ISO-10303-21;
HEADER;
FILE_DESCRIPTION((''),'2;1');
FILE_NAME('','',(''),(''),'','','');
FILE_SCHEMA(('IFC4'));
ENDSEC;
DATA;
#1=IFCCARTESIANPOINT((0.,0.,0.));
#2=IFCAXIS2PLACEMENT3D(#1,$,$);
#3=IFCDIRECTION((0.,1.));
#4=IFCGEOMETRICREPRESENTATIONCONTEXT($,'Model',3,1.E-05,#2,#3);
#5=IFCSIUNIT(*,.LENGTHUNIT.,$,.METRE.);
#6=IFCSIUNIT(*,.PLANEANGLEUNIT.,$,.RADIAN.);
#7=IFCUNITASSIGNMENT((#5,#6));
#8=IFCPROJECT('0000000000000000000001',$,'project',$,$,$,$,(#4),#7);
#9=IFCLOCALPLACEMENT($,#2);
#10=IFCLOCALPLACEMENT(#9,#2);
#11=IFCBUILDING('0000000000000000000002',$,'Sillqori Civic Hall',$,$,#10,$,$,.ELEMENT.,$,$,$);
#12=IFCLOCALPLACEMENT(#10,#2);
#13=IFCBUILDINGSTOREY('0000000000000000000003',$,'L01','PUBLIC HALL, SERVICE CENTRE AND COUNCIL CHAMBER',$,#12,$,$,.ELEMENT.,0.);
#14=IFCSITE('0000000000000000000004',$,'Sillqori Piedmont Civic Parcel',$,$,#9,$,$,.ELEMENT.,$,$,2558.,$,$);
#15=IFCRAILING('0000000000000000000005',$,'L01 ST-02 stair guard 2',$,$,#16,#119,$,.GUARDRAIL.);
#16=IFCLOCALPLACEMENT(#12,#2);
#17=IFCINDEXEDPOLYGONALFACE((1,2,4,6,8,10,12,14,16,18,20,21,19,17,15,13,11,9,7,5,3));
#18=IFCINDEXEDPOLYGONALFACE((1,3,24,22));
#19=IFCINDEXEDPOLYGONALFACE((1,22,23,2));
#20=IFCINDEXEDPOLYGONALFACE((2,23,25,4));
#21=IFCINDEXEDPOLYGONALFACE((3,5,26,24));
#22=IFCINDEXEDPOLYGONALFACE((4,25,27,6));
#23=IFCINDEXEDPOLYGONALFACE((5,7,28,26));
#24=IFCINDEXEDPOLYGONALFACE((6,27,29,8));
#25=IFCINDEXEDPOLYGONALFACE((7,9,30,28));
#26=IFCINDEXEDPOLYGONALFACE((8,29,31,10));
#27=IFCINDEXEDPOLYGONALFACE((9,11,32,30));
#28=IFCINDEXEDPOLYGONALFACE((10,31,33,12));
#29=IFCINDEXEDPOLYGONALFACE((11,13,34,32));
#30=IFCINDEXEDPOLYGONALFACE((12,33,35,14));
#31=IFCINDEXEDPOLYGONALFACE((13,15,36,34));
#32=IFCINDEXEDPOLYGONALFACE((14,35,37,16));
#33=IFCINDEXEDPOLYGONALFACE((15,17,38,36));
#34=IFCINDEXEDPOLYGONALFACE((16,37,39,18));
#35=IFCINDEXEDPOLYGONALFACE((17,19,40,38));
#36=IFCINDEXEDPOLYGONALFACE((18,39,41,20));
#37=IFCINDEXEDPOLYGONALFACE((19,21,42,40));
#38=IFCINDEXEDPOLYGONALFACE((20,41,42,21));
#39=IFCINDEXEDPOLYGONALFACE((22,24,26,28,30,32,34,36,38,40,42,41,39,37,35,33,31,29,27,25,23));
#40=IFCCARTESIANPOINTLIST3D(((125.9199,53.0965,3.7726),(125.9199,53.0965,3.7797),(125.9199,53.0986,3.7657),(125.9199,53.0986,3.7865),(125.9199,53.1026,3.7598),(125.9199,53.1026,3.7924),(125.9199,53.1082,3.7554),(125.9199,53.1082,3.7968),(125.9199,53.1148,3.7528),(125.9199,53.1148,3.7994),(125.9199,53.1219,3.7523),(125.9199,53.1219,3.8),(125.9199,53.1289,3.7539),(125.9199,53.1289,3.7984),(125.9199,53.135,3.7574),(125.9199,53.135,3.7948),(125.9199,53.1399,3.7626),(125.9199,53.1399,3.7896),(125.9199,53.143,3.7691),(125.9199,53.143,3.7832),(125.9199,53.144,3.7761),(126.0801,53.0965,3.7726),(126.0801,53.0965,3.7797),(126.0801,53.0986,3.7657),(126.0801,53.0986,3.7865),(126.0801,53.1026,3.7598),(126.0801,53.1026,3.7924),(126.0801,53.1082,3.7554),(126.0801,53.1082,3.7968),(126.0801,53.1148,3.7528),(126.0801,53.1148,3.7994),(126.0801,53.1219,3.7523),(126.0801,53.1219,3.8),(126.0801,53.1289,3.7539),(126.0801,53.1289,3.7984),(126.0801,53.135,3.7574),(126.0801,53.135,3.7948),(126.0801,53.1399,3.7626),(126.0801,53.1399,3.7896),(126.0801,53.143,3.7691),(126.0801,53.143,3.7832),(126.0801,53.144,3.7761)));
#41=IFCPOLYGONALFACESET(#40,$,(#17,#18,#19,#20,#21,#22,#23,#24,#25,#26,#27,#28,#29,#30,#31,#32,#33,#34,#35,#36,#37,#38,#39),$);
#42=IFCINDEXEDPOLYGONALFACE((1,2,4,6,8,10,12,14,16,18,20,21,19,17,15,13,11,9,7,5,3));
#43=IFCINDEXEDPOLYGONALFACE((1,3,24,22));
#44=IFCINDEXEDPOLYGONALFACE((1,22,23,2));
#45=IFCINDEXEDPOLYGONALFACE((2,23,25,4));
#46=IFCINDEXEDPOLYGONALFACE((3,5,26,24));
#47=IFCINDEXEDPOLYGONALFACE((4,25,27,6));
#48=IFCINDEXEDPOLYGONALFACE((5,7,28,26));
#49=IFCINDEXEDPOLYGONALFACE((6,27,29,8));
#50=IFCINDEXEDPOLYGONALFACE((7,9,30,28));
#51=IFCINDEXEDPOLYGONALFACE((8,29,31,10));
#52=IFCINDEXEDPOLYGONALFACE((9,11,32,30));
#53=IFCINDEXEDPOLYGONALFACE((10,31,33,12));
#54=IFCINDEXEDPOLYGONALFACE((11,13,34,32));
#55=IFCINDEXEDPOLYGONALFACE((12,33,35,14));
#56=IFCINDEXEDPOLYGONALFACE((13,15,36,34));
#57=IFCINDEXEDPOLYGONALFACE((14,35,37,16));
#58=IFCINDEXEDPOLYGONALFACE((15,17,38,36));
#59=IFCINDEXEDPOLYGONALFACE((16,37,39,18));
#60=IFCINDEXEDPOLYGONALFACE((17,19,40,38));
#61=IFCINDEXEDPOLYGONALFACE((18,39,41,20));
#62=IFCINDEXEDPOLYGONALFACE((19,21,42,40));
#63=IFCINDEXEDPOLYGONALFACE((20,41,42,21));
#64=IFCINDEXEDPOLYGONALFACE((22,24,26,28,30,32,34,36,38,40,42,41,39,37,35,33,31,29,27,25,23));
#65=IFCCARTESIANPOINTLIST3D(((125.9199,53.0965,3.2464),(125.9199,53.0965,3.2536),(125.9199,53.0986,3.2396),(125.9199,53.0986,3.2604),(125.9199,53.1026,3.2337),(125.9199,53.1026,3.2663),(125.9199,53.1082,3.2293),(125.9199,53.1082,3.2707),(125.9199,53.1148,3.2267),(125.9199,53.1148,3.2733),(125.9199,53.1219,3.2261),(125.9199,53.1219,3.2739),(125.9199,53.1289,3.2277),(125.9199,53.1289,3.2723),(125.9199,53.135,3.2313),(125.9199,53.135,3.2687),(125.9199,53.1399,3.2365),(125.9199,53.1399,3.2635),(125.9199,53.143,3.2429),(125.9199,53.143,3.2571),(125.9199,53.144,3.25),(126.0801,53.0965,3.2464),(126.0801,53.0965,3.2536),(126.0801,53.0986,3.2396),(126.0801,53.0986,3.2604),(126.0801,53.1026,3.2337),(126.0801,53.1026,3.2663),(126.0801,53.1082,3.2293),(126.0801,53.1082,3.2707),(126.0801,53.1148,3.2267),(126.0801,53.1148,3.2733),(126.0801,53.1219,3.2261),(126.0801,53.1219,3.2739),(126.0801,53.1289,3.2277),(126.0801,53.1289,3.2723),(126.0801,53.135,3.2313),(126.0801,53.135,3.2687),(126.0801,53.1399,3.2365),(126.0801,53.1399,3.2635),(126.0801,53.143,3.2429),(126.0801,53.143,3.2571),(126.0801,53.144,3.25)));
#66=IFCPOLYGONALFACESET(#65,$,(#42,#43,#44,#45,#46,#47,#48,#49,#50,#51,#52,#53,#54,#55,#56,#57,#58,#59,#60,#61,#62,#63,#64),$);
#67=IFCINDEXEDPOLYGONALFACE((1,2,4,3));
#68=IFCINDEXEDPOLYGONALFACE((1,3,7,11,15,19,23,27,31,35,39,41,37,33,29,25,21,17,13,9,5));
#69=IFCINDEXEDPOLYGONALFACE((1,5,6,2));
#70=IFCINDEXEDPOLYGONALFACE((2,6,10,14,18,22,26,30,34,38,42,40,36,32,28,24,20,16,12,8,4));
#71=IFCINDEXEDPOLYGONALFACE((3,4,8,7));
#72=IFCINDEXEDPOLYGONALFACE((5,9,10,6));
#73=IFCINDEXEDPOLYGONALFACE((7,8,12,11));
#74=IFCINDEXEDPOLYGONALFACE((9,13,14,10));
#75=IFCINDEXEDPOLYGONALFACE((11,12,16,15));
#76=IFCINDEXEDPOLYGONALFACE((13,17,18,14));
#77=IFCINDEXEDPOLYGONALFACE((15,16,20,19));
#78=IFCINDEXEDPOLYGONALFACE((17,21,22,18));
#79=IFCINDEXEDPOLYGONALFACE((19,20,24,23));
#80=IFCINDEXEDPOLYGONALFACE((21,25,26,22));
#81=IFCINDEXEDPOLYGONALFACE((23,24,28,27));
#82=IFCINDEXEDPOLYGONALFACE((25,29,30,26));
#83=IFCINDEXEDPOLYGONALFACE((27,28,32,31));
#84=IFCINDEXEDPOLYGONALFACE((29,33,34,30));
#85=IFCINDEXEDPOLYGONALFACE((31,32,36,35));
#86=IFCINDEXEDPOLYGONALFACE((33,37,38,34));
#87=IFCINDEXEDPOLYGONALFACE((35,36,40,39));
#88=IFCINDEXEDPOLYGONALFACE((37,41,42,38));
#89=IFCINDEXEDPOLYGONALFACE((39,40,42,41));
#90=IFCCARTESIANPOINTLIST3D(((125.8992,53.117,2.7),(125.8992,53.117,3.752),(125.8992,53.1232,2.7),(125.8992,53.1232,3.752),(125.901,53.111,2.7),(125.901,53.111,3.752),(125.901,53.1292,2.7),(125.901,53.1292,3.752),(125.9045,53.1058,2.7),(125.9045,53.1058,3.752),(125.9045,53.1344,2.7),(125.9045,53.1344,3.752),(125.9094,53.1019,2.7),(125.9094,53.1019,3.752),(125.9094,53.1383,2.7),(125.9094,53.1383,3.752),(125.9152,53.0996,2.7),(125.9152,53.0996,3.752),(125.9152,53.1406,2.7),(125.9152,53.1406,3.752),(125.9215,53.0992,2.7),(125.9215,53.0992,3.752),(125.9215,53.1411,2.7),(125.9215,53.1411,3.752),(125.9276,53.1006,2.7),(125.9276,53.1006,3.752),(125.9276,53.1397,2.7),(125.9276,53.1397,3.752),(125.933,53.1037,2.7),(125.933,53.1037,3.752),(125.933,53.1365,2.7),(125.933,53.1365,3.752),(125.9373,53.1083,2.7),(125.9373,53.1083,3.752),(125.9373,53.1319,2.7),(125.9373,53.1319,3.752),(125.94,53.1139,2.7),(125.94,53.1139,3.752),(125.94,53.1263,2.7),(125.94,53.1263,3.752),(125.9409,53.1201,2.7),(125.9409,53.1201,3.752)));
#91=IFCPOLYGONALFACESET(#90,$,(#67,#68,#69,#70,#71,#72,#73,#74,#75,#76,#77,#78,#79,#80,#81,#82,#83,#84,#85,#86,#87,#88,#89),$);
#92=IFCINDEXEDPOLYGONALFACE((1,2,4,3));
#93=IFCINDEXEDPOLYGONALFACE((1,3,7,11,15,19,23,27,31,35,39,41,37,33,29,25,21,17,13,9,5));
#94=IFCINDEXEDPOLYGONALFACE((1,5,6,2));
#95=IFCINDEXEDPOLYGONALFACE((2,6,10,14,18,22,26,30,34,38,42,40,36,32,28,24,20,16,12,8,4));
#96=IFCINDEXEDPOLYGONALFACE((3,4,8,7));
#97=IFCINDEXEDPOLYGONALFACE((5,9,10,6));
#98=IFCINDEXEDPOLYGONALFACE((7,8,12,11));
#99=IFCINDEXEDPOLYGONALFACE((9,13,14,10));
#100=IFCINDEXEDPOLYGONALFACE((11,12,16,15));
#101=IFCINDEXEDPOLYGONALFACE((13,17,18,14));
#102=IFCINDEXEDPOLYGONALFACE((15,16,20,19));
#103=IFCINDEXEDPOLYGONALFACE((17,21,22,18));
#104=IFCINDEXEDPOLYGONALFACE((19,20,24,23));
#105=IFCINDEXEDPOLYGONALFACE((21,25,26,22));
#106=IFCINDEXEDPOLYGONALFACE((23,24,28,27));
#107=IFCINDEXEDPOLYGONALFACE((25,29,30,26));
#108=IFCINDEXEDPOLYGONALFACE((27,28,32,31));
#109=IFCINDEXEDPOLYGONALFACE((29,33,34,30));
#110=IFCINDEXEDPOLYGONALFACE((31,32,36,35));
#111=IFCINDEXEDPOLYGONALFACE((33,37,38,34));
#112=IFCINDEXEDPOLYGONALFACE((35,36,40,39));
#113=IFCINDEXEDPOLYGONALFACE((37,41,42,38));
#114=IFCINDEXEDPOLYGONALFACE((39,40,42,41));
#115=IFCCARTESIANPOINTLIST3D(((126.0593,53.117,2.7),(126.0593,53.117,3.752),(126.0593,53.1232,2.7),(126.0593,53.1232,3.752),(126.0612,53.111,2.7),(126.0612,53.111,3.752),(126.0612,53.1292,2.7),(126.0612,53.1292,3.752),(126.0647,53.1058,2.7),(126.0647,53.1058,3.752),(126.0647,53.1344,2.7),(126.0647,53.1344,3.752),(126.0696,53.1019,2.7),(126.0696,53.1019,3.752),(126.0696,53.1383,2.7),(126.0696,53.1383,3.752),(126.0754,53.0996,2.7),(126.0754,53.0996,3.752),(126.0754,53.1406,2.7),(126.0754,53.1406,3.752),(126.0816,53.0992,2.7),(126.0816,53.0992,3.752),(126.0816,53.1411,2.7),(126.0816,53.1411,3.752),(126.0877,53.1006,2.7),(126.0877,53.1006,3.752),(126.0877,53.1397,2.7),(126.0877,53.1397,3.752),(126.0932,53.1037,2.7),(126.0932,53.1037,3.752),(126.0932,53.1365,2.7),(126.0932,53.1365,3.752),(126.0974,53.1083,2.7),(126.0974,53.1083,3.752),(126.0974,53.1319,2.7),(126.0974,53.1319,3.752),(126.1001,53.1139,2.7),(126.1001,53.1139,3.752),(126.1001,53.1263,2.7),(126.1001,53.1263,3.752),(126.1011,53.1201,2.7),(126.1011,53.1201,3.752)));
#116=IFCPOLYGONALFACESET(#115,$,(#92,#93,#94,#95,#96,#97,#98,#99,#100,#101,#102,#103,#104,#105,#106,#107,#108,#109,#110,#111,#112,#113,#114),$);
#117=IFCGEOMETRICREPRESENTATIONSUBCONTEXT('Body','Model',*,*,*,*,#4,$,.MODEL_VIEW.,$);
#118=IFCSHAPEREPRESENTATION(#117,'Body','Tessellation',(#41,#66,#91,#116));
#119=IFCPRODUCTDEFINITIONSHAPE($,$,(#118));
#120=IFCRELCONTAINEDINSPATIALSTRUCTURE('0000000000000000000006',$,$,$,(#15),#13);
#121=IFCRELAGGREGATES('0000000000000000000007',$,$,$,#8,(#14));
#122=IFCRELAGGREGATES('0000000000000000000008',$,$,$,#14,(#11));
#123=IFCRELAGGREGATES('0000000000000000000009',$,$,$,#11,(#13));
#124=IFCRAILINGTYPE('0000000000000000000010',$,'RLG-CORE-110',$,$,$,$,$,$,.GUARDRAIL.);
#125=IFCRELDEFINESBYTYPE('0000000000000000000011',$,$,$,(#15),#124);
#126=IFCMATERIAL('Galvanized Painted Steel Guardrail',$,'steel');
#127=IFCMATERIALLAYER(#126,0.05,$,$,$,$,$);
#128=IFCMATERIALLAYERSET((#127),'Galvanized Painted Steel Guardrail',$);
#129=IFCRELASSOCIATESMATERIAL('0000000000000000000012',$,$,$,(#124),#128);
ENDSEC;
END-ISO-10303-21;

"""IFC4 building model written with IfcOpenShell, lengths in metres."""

from ifc_helpers import new_model, si_unit, direction, frame, origin, origin_2d, place, context, subcontext, project, spatial, circle, extrude, material, layer, layer_set, type_object, element, save


model = new_model("IFC4")

# Units and contexts
model_context = context("Model", 3, precision=1e-05, world=origin(), true_north=direction((0.0, 1.0)))
body_context = subcontext(model_context, "Body", "Model", "MODEL_VIEW")
ifc_project = project(units=[si_unit("LENGTHUNIT", "METRE"), si_unit("PLANEANGLEUNIT", "RADIAN")], contexts=[model_context])

# Site, building, storey
site_placement = place(None, origin())
site = spatial("IfcSite", under=ifc_project, at=site_placement, Name="Sillqori Piedmont Civic Parcel", CompositionType="ELEMENT", RefElevation=2558.0)
building_placement = place(site_placement, origin())
building = spatial("IfcBuilding", under=site, at=building_placement, Name="Sillqori Civic Hall", CompositionType="ELEMENT")
storey_placement = place(building_placement, origin())
storey = spatial("IfcBuildingStorey", under=building, at=storey_placement, Name="L01", Description="PUBLIC HALL, SERVICE CENTRE AND COUNCIL CHAMBER", CompositionType="ELEMENT", Elevation=0.0)

# Railing
ifc_material_1 = material(Name="Galvanized Painted Steel Guardrail", Category="steel")
ifc_layer_1 = layer(ifc_material_1, 0.05)
ifc_layer_set_1 = layer_set([ifc_layer_1], Name="Galvanized Painted Steel Guardrail")
railing_type_1 = type_object("IfcRailingType", Name="RLG-CORE-110", PredefinedType="GUARDRAIL", material=ifc_layer_set_1)
railing_1_placement = place(storey_placement, frame((125.9199, 53.1201, 2.7)))
element("IfcRailing", 1, at=railing_1_placement, inside=storey, type_object=railing_type_1, Name="L01 ST-02 stair guard 2", PredefinedType="GUARDRAIL", context=body_context, shape_type="SweptSolid", body=[
    extrude(circle(Radius=0.0239, at=origin_2d()), frame((0.0, 0.0, 1.0762), z_axis=(1.0, 0.0, 0.0), x_axis=(0.0, 1.0, 0.0)), (0.0, 0.0, 1.0), 0.1602),
    extrude(circle(Radius=0.0239, at=origin_2d()), frame((0.0, 0.0, 0.55), z_axis=(1.0, 0.0, 0.0), x_axis=(0.0, 1.0, 0.0)), (0.0, 0.0, 1.0), 0.1602),
    extrude(circle(Radius=0.021, at=origin_2d()), origin(), (0.0, 0.0, 1.0), 1.052),
    extrude(circle(Radius=0.021, at=origin_2d()), frame((0.1602, 0.0, 0.0)), (0.0, 0.0, 1.0), 1.052),
])

save(model, "model.ifc")
